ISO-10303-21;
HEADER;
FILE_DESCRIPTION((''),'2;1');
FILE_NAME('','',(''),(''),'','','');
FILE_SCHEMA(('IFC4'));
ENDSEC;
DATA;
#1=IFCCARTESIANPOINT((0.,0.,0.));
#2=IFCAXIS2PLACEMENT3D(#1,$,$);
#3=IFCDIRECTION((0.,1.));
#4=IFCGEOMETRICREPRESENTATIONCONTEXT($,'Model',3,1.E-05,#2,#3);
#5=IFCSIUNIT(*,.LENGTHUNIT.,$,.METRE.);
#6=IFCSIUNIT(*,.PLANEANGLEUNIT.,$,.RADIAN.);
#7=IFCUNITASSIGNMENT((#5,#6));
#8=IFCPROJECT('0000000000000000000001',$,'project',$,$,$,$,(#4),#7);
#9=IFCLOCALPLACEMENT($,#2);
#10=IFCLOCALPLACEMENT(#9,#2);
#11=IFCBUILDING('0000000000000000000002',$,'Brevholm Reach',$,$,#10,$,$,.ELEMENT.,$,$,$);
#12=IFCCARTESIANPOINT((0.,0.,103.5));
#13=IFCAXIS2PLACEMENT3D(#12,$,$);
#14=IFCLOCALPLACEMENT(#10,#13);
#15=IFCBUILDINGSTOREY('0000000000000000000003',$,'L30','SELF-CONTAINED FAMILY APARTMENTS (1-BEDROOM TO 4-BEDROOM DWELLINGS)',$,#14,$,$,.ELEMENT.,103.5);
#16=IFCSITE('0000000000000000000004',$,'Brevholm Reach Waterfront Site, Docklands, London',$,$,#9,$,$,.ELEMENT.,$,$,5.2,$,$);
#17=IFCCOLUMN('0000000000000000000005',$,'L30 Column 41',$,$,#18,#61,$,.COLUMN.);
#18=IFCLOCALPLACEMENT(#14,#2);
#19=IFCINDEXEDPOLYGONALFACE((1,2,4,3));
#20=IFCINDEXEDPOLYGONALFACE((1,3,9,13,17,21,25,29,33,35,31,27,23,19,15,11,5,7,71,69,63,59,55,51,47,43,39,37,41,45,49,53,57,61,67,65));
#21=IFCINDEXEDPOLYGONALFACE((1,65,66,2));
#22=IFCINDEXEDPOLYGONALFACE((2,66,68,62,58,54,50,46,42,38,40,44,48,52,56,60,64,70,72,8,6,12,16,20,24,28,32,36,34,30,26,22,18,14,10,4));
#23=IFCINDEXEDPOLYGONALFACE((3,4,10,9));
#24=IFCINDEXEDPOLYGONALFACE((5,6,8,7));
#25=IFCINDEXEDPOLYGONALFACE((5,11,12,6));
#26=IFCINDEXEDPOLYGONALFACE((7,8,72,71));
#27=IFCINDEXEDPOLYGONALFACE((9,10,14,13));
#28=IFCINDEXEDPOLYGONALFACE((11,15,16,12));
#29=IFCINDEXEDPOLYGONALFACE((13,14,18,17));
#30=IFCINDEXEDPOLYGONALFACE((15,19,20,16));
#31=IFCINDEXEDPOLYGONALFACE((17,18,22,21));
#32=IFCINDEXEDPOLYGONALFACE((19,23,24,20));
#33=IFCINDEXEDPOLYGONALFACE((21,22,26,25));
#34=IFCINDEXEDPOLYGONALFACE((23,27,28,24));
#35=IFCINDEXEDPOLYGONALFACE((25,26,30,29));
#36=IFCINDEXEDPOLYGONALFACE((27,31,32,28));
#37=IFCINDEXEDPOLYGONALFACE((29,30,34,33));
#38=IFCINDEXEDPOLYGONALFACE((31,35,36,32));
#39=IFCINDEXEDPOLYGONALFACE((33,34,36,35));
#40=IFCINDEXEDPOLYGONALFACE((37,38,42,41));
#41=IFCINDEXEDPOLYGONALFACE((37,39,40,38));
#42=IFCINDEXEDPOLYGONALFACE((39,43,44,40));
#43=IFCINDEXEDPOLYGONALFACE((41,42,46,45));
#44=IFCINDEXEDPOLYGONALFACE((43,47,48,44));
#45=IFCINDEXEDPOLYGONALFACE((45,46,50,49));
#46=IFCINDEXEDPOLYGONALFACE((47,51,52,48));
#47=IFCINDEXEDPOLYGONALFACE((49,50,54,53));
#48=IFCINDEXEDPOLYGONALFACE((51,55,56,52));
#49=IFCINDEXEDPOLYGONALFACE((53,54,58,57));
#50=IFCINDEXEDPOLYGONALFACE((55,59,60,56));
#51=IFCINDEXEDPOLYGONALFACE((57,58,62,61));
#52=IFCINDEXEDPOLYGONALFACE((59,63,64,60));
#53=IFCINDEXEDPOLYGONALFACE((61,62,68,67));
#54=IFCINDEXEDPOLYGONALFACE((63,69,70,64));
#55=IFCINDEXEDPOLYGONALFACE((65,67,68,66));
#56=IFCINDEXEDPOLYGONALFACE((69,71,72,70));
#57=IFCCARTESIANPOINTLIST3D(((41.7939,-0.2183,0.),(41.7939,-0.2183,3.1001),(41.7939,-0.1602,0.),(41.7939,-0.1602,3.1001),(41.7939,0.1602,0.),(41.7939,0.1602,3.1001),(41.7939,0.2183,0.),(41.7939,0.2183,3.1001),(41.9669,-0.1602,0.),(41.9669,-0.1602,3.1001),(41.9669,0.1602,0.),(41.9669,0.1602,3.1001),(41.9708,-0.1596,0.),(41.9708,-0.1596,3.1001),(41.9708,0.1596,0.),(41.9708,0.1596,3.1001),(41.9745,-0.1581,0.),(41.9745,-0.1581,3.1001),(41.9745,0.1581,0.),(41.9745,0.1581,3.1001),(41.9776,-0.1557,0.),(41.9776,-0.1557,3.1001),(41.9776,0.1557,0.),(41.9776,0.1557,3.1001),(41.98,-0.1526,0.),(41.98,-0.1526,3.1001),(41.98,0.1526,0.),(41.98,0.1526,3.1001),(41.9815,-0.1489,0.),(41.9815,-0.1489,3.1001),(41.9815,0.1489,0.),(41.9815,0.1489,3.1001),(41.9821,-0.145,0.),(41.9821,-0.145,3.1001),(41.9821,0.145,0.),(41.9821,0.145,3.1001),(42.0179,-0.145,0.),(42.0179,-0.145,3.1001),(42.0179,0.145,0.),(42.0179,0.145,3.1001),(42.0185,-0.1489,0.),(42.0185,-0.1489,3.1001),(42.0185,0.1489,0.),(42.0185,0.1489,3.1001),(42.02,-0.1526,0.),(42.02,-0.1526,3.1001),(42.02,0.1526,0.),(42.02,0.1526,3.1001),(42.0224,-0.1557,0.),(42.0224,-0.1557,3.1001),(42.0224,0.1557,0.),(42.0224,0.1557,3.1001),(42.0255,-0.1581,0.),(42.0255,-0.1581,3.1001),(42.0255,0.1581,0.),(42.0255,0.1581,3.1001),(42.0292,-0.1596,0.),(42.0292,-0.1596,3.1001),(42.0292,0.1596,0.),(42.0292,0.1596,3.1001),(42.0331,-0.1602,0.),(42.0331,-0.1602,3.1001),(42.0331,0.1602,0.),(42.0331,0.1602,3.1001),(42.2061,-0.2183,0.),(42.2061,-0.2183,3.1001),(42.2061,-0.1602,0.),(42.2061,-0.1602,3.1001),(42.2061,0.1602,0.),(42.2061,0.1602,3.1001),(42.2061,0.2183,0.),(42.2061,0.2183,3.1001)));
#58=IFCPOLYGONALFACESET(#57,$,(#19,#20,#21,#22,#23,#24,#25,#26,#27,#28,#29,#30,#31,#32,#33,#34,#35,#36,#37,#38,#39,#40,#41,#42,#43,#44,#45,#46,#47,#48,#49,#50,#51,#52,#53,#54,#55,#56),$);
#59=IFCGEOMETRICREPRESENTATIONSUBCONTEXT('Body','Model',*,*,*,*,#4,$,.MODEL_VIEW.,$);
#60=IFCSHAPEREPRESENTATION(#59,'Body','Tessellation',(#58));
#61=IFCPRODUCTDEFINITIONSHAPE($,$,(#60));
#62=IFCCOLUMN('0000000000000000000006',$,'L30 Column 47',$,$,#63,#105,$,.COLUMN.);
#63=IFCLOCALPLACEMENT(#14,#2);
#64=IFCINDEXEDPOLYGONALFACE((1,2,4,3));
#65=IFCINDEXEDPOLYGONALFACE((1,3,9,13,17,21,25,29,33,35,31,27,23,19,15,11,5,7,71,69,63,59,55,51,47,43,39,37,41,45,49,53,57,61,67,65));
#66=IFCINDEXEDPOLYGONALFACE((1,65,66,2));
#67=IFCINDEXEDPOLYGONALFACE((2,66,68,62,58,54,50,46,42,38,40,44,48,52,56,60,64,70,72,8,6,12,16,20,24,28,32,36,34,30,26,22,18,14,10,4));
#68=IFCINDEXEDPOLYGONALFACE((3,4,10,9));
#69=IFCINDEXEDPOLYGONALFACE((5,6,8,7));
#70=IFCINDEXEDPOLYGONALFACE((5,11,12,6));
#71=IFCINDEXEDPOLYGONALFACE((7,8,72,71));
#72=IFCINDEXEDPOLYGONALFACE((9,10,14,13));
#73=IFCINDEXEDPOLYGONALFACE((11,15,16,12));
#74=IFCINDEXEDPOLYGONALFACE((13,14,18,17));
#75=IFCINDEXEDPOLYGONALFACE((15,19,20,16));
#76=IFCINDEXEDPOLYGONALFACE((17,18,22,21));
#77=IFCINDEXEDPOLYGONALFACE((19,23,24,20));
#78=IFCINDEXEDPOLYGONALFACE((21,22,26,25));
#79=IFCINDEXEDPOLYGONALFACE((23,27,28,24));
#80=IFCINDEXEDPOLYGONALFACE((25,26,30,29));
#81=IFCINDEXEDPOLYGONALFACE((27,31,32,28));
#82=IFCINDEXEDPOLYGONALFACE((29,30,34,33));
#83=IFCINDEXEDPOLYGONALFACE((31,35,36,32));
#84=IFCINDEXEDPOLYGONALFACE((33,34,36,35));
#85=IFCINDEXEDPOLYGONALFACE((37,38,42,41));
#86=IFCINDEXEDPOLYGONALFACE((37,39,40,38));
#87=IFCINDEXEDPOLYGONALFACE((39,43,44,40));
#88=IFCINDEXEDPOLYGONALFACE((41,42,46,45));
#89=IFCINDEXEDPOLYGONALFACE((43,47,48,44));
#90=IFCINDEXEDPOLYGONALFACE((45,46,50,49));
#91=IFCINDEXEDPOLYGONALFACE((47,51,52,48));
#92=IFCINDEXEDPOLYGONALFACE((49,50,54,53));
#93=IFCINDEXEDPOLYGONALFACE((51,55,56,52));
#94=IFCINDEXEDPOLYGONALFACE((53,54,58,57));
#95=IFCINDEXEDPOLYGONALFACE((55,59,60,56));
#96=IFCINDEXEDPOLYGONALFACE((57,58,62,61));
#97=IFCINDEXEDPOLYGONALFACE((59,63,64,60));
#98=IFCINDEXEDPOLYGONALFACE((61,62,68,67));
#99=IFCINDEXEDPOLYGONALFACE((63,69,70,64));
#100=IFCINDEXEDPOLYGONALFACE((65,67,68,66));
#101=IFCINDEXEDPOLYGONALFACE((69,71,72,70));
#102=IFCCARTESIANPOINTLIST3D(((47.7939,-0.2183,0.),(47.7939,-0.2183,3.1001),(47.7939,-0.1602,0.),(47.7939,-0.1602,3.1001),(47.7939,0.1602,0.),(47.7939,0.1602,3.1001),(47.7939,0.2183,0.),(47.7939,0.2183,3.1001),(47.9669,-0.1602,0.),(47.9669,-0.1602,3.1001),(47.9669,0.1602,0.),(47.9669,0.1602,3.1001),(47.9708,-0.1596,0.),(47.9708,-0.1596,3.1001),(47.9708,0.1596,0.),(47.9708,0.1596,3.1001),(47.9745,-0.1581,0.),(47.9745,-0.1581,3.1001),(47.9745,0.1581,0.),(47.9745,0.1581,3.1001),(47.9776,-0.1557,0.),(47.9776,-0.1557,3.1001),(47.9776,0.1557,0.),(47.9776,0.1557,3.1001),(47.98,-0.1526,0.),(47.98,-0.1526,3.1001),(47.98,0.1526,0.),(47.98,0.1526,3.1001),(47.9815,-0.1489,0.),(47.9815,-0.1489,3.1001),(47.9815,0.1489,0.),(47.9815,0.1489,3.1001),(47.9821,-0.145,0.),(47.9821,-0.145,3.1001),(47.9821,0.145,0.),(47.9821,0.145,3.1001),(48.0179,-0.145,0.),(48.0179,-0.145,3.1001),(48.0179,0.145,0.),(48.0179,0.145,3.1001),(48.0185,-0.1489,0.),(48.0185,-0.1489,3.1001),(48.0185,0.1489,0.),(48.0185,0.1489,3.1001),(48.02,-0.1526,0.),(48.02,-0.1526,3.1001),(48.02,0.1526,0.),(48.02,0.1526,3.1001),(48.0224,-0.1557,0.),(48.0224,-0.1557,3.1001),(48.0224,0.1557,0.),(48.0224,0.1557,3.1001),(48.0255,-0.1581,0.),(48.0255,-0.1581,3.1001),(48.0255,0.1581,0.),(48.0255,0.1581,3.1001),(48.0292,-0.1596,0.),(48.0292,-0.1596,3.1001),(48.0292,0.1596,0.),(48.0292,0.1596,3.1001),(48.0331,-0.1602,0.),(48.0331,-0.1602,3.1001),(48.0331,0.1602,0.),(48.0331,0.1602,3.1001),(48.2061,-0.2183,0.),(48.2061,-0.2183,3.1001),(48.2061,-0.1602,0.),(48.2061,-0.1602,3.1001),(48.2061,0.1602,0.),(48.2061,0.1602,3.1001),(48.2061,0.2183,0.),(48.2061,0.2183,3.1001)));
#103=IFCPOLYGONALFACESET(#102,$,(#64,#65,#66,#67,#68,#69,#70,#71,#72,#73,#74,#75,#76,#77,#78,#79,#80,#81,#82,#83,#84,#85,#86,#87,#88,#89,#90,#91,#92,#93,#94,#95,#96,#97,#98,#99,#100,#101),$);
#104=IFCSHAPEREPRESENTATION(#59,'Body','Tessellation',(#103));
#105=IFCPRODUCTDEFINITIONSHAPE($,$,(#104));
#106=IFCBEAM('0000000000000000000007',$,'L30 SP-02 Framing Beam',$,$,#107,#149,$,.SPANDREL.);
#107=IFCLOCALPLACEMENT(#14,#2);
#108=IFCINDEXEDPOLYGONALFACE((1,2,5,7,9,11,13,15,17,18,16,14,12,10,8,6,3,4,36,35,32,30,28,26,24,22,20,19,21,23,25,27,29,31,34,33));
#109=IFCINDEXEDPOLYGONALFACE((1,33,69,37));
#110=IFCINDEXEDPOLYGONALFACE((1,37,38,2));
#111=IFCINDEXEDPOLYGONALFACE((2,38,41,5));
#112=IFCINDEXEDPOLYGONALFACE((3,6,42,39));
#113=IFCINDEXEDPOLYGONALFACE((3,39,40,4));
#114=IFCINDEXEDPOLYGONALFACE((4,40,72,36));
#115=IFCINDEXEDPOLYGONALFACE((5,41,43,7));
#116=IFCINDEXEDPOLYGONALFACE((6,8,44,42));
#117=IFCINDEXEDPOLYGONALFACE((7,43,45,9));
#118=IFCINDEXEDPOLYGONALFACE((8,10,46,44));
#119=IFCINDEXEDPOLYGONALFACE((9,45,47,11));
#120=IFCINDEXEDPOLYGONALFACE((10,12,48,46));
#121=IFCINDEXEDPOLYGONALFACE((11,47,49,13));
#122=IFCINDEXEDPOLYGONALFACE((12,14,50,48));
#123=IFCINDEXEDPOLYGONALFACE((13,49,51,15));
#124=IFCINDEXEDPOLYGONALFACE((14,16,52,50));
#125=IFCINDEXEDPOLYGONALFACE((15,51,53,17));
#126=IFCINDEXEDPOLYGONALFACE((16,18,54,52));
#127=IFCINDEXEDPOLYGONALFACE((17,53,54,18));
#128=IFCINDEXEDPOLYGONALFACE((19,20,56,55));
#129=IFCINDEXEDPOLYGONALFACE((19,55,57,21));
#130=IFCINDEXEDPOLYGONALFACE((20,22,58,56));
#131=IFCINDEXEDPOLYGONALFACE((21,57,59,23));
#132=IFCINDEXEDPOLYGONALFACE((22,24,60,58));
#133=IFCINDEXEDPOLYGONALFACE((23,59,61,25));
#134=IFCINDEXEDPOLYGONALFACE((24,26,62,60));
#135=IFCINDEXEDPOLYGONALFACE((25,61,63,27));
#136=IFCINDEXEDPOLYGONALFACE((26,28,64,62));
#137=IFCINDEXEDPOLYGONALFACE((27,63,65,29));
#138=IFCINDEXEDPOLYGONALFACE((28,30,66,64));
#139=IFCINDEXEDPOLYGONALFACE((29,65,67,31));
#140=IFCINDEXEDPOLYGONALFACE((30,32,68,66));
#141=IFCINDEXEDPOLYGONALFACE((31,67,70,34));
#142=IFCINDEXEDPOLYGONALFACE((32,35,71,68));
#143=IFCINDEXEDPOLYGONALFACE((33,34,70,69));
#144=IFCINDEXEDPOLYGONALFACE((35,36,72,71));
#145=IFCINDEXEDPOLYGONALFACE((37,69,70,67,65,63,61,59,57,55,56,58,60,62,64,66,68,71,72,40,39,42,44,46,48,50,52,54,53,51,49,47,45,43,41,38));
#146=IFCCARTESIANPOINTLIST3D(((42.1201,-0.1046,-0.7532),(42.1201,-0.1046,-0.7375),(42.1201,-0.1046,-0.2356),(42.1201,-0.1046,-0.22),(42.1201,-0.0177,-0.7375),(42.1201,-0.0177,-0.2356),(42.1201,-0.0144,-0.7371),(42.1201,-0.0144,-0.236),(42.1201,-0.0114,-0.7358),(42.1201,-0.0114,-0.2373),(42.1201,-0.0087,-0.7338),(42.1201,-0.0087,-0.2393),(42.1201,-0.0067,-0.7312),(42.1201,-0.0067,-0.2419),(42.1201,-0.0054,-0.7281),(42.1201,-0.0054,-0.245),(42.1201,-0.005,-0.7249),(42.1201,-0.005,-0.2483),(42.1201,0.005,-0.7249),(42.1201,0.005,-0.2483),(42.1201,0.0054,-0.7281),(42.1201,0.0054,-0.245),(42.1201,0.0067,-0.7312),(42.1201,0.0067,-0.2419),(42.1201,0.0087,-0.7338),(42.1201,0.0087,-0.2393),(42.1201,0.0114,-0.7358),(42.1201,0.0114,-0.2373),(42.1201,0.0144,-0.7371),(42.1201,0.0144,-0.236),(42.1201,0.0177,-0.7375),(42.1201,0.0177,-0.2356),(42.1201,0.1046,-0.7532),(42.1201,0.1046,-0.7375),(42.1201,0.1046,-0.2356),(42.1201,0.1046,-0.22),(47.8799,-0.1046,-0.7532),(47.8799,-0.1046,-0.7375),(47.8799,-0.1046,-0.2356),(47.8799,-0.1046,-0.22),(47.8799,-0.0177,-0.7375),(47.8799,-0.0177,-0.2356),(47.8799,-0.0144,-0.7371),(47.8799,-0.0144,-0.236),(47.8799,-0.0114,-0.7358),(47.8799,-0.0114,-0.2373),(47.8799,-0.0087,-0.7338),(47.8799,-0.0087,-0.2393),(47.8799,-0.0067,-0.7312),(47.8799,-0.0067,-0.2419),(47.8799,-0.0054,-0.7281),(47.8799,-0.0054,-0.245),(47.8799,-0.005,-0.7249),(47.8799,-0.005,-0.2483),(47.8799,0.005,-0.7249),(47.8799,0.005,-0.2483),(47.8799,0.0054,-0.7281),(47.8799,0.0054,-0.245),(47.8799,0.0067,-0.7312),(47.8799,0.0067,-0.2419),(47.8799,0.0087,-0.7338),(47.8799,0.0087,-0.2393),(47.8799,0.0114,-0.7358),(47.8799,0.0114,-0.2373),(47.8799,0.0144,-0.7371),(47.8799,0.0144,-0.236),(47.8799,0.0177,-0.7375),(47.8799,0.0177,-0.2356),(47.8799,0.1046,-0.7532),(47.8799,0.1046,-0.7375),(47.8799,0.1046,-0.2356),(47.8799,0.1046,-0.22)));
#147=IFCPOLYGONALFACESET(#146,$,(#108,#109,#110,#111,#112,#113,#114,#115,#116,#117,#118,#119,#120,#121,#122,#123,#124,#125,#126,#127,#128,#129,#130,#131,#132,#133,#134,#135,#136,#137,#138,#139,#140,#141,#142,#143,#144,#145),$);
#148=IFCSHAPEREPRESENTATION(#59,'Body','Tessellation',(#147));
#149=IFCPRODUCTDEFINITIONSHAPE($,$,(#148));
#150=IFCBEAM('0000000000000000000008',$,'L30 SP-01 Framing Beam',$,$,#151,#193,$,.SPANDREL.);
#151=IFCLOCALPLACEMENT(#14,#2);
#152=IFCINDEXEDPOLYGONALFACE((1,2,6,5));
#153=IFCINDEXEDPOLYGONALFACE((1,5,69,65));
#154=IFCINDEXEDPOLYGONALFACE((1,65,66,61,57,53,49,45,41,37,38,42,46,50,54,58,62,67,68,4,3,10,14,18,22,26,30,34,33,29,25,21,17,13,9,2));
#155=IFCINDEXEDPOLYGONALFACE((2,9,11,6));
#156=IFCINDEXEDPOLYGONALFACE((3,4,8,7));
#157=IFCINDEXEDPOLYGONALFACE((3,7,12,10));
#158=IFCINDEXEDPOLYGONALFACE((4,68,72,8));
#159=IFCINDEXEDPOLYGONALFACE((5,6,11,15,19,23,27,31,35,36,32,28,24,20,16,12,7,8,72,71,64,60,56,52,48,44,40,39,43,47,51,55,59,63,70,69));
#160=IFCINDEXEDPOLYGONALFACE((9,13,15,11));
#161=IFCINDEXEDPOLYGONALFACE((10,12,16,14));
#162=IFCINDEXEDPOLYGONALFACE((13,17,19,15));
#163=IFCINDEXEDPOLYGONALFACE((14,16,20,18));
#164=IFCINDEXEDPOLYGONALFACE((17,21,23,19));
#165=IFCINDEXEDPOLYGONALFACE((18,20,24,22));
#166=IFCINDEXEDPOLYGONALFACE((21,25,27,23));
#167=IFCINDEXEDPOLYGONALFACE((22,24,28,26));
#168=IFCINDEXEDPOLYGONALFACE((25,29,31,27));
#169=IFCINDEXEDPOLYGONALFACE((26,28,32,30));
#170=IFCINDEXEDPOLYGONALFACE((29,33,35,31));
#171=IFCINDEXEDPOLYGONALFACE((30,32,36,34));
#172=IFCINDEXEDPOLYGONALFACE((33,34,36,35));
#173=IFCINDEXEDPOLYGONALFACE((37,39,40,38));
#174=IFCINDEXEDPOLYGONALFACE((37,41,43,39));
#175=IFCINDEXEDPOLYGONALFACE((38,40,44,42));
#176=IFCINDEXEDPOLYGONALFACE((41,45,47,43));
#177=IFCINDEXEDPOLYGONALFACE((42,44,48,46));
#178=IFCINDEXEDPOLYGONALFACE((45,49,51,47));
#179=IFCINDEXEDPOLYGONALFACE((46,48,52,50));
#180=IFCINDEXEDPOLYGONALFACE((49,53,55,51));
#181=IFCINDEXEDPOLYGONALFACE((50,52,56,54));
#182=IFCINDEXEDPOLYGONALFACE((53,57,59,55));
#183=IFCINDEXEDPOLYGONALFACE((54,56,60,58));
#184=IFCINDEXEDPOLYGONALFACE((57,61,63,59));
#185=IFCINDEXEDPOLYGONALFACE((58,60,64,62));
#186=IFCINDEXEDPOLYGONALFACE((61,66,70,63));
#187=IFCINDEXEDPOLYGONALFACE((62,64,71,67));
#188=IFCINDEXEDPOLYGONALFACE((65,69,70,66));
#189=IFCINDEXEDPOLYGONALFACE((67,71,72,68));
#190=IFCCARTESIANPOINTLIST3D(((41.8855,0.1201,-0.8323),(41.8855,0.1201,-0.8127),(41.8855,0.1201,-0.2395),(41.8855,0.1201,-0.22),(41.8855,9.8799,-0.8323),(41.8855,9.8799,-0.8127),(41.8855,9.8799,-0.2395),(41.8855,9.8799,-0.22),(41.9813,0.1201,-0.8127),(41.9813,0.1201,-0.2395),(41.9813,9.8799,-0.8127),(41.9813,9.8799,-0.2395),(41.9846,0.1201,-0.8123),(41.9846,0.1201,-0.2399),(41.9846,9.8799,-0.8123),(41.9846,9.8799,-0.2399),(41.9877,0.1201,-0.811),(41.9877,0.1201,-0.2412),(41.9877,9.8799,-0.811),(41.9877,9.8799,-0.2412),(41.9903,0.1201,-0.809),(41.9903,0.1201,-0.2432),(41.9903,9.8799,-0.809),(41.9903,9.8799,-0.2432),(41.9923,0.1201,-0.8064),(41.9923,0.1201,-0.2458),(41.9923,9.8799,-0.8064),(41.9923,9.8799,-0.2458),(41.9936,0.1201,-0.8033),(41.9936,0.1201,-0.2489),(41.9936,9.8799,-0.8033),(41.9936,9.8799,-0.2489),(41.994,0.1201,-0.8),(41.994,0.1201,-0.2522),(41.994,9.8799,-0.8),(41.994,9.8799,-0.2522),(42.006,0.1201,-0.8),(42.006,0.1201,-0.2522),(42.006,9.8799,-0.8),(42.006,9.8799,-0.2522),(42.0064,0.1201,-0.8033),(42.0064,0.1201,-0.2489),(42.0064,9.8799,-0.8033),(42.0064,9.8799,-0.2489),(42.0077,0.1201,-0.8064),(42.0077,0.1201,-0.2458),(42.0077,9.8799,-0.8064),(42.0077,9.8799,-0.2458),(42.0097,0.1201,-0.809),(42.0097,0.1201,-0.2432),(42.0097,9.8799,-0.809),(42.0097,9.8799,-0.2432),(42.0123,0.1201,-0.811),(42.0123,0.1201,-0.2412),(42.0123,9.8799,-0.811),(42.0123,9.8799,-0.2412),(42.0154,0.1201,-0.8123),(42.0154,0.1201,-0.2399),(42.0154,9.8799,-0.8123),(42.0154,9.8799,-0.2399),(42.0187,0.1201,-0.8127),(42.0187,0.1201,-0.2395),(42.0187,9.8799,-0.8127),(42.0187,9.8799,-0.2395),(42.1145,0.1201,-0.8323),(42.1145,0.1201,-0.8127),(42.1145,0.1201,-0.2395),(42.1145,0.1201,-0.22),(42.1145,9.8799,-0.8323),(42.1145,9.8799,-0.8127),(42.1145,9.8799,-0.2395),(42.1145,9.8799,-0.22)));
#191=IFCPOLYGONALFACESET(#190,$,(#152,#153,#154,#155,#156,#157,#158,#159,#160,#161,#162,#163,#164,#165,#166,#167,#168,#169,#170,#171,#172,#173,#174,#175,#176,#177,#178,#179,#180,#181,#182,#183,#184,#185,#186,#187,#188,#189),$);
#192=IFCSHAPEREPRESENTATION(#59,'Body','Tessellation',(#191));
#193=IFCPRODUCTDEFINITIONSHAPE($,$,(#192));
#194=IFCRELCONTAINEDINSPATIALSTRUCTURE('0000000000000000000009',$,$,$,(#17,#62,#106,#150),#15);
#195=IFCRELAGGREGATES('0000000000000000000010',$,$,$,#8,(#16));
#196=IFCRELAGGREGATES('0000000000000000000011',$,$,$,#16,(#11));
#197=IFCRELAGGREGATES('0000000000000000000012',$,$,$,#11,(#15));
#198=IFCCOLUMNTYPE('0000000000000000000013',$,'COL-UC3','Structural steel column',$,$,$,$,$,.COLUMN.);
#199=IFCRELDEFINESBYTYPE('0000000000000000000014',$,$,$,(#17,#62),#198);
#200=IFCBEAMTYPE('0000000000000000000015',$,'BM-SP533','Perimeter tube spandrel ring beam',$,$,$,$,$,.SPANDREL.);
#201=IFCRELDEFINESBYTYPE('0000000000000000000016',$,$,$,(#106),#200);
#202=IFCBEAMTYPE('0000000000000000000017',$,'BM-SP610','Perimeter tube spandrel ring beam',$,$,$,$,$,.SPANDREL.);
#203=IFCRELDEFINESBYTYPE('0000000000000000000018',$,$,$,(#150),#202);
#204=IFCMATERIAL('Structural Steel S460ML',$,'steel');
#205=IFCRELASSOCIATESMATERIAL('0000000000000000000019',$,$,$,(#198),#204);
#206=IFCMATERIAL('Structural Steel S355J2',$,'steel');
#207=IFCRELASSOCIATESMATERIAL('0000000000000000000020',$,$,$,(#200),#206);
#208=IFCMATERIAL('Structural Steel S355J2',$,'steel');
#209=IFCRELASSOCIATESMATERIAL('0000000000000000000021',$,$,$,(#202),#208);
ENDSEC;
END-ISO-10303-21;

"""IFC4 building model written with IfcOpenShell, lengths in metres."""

from ifc_helpers import new_model, si_unit, direction, frame, origin, origin_2d, place, context, subcontext, project, spatial, i_section, extrude, material, material_profile, profile_set, type_object, element, save


model = new_model("IFC4")

# Units and contexts
model_context = context("Model", 3, precision=1e-05, world=origin(), true_north=direction((0.0, 1.0)))
body_context = subcontext(model_context, "Body", "Model", "MODEL_VIEW")
ifc_project = project(units=[si_unit("LENGTHUNIT", "METRE"), si_unit("PLANEANGLEUNIT", "RADIAN")], contexts=[model_context])

# Site, building, storey
site_placement = place(None, origin())
site = spatial("IfcSite", under=ifc_project, at=site_placement, Name="Brevholm Reach Waterfront Site, Docklands, London", CompositionType="ELEMENT", RefElevation=5.2)
building_placement = place(site_placement, origin())
building = spatial("IfcBuilding", under=site, at=building_placement, Name="Brevholm Reach", CompositionType="ELEMENT")
storey_placement = place(building_placement, frame((0.0, 0.0, 103.5)))
storey = spatial("IfcBuildingStorey", under=building, at=storey_placement, Name="L30", Description="SELF-CONTAINED FAMILY APARTMENTS (1-BEDROOM TO 4-BEDROOM DWELLINGS)", CompositionType="ELEMENT", Elevation=103.5)

# Columns
ifc_material_1 = material(Name="Structural Steel S460ML", Category="steel")
ifc_material_profile_1 = material_profile(ifc_material_1, i_section(OverallWidth=0.4121, OverallDepth=0.4365, WebThickness=0.0359, FlangeThickness=0.0581, FilletRadius=0.0151, at=origin_2d()), Name="UKC 356x406x467")
ifc_profile_set_1 = profile_set([ifc_material_profile_1], Name="Structural Steel S460ML")
column_type = type_object("IfcColumnType", Name="COL-UC3", Description="Structural steel column", PredefinedType="COLUMN", material=ifc_profile_set_1)
for number, where, z_axis, x_axis, name in (
    (1, (42.0, 0.0, 0.0), (0.0, 0.0, 1.0), (1.0, 0.0, 0.0), "L30 Column 41"),
    (2, (48.0, 0.0, 0.0), (0.0, 0.0, 1.0), (1.0, 0.0, 0.0), "L30 Column 47"),
):
    element("IfcColumn", number, at=place(storey_placement, frame(where, z_axis=z_axis, x_axis=x_axis)), inside=storey, type_object=column_type, Name=name, PredefinedType="COLUMN", context=body_context, shape_type="SweptSolid", body=[
        extrude(i_section(OverallWidth=0.4121, OverallDepth=0.4365, WebThickness=0.0359, FlangeThickness=0.0581, FilletRadius=0.0151, at=origin_2d()), origin(), (0.0, 0.0, 1.0), 3.1001),
    ])

# Beams
ifc_material_2 = material(Name="Structural Steel S355J2", Category="steel")
ifc_material_profile_2 = material_profile(ifc_material_2, i_section(OverallWidth=0.2092, OverallDepth=0.5332, WebThickness=0.01, FlangeThickness=0.0156, FilletRadius=0.0127, at=origin_2d()), Name="UKB 533x210x92")
ifc_profile_set_2 = profile_set([ifc_material_profile_2], Name="Structural Steel S355J2")
beam_type_1 = type_object("IfcBeamType", Name="BM-SP533", Description="Perimeter tube spandrel ring beam", PredefinedType="SPANDREL", material=ifc_profile_set_2)
beam_placement = place(storey_placement, frame((42.1201, 0.0, -0.4866), z_axis=(1.0, 0.0, 0.0), x_axis=(0.0, 1.0, 0.0)))
element("IfcBeam", 3, at=beam_placement, inside=storey, type_object=beam_type_1, Name="L30 SP-02 Framing Beam", PredefinedType="SPANDREL", context=body_context, shape_type="SweptSolid", body=[
    extrude(i_section(OverallWidth=0.2092, OverallDepth=0.5332, WebThickness=0.01, FlangeThickness=0.0156, FilletRadius=0.0127, at=origin_2d()), origin(), (0.0, 0.0, 1.0), 5.7598),
])
ifc_material_3 = material(Name="Structural Steel S355J2", Category="steel")
ifc_material_profile_3 = material_profile(ifc_material_3, i_section(OverallWidth=0.229, OverallDepth=0.6123, WebThickness=0.012, FlangeThickness=0.0195, FilletRadius=0.0127, at=origin_2d()), Name="UKB 610x229x125")
ifc_profile_set_3 = profile_set([ifc_material_profile_3], Name="Structural Steel S355J2")
beam_type_2 = type_object("IfcBeamType", Name="BM-SP610", Description="Perimeter tube spandrel ring beam", PredefinedType="SPANDREL", material=ifc_profile_set_3)
for number, where, z_axis, x_axis, name in (
    (4, (42.0, 0.1201, -0.5261), (0.0, 1.0, 0.0), (-1.0, 0.0, 0.0), "L30 SP-01 Framing Beam"),
):
    element("IfcBeam", number, at=place(storey_placement, frame(where, z_axis=z_axis, x_axis=x_axis)), inside=storey, type_object=beam_type_2, Name=name, PredefinedType="SPANDREL", context=body_context, shape_type="SweptSolid", body=[
        extrude(i_section(OverallWidth=0.229, OverallDepth=0.6123, WebThickness=0.012, FlangeThickness=0.0195, FilletRadius=0.0127, at=origin_2d()), origin(), (0.0, 0.0, 1.0), 9.7598),
    ])

save(model, "model.ifc")
